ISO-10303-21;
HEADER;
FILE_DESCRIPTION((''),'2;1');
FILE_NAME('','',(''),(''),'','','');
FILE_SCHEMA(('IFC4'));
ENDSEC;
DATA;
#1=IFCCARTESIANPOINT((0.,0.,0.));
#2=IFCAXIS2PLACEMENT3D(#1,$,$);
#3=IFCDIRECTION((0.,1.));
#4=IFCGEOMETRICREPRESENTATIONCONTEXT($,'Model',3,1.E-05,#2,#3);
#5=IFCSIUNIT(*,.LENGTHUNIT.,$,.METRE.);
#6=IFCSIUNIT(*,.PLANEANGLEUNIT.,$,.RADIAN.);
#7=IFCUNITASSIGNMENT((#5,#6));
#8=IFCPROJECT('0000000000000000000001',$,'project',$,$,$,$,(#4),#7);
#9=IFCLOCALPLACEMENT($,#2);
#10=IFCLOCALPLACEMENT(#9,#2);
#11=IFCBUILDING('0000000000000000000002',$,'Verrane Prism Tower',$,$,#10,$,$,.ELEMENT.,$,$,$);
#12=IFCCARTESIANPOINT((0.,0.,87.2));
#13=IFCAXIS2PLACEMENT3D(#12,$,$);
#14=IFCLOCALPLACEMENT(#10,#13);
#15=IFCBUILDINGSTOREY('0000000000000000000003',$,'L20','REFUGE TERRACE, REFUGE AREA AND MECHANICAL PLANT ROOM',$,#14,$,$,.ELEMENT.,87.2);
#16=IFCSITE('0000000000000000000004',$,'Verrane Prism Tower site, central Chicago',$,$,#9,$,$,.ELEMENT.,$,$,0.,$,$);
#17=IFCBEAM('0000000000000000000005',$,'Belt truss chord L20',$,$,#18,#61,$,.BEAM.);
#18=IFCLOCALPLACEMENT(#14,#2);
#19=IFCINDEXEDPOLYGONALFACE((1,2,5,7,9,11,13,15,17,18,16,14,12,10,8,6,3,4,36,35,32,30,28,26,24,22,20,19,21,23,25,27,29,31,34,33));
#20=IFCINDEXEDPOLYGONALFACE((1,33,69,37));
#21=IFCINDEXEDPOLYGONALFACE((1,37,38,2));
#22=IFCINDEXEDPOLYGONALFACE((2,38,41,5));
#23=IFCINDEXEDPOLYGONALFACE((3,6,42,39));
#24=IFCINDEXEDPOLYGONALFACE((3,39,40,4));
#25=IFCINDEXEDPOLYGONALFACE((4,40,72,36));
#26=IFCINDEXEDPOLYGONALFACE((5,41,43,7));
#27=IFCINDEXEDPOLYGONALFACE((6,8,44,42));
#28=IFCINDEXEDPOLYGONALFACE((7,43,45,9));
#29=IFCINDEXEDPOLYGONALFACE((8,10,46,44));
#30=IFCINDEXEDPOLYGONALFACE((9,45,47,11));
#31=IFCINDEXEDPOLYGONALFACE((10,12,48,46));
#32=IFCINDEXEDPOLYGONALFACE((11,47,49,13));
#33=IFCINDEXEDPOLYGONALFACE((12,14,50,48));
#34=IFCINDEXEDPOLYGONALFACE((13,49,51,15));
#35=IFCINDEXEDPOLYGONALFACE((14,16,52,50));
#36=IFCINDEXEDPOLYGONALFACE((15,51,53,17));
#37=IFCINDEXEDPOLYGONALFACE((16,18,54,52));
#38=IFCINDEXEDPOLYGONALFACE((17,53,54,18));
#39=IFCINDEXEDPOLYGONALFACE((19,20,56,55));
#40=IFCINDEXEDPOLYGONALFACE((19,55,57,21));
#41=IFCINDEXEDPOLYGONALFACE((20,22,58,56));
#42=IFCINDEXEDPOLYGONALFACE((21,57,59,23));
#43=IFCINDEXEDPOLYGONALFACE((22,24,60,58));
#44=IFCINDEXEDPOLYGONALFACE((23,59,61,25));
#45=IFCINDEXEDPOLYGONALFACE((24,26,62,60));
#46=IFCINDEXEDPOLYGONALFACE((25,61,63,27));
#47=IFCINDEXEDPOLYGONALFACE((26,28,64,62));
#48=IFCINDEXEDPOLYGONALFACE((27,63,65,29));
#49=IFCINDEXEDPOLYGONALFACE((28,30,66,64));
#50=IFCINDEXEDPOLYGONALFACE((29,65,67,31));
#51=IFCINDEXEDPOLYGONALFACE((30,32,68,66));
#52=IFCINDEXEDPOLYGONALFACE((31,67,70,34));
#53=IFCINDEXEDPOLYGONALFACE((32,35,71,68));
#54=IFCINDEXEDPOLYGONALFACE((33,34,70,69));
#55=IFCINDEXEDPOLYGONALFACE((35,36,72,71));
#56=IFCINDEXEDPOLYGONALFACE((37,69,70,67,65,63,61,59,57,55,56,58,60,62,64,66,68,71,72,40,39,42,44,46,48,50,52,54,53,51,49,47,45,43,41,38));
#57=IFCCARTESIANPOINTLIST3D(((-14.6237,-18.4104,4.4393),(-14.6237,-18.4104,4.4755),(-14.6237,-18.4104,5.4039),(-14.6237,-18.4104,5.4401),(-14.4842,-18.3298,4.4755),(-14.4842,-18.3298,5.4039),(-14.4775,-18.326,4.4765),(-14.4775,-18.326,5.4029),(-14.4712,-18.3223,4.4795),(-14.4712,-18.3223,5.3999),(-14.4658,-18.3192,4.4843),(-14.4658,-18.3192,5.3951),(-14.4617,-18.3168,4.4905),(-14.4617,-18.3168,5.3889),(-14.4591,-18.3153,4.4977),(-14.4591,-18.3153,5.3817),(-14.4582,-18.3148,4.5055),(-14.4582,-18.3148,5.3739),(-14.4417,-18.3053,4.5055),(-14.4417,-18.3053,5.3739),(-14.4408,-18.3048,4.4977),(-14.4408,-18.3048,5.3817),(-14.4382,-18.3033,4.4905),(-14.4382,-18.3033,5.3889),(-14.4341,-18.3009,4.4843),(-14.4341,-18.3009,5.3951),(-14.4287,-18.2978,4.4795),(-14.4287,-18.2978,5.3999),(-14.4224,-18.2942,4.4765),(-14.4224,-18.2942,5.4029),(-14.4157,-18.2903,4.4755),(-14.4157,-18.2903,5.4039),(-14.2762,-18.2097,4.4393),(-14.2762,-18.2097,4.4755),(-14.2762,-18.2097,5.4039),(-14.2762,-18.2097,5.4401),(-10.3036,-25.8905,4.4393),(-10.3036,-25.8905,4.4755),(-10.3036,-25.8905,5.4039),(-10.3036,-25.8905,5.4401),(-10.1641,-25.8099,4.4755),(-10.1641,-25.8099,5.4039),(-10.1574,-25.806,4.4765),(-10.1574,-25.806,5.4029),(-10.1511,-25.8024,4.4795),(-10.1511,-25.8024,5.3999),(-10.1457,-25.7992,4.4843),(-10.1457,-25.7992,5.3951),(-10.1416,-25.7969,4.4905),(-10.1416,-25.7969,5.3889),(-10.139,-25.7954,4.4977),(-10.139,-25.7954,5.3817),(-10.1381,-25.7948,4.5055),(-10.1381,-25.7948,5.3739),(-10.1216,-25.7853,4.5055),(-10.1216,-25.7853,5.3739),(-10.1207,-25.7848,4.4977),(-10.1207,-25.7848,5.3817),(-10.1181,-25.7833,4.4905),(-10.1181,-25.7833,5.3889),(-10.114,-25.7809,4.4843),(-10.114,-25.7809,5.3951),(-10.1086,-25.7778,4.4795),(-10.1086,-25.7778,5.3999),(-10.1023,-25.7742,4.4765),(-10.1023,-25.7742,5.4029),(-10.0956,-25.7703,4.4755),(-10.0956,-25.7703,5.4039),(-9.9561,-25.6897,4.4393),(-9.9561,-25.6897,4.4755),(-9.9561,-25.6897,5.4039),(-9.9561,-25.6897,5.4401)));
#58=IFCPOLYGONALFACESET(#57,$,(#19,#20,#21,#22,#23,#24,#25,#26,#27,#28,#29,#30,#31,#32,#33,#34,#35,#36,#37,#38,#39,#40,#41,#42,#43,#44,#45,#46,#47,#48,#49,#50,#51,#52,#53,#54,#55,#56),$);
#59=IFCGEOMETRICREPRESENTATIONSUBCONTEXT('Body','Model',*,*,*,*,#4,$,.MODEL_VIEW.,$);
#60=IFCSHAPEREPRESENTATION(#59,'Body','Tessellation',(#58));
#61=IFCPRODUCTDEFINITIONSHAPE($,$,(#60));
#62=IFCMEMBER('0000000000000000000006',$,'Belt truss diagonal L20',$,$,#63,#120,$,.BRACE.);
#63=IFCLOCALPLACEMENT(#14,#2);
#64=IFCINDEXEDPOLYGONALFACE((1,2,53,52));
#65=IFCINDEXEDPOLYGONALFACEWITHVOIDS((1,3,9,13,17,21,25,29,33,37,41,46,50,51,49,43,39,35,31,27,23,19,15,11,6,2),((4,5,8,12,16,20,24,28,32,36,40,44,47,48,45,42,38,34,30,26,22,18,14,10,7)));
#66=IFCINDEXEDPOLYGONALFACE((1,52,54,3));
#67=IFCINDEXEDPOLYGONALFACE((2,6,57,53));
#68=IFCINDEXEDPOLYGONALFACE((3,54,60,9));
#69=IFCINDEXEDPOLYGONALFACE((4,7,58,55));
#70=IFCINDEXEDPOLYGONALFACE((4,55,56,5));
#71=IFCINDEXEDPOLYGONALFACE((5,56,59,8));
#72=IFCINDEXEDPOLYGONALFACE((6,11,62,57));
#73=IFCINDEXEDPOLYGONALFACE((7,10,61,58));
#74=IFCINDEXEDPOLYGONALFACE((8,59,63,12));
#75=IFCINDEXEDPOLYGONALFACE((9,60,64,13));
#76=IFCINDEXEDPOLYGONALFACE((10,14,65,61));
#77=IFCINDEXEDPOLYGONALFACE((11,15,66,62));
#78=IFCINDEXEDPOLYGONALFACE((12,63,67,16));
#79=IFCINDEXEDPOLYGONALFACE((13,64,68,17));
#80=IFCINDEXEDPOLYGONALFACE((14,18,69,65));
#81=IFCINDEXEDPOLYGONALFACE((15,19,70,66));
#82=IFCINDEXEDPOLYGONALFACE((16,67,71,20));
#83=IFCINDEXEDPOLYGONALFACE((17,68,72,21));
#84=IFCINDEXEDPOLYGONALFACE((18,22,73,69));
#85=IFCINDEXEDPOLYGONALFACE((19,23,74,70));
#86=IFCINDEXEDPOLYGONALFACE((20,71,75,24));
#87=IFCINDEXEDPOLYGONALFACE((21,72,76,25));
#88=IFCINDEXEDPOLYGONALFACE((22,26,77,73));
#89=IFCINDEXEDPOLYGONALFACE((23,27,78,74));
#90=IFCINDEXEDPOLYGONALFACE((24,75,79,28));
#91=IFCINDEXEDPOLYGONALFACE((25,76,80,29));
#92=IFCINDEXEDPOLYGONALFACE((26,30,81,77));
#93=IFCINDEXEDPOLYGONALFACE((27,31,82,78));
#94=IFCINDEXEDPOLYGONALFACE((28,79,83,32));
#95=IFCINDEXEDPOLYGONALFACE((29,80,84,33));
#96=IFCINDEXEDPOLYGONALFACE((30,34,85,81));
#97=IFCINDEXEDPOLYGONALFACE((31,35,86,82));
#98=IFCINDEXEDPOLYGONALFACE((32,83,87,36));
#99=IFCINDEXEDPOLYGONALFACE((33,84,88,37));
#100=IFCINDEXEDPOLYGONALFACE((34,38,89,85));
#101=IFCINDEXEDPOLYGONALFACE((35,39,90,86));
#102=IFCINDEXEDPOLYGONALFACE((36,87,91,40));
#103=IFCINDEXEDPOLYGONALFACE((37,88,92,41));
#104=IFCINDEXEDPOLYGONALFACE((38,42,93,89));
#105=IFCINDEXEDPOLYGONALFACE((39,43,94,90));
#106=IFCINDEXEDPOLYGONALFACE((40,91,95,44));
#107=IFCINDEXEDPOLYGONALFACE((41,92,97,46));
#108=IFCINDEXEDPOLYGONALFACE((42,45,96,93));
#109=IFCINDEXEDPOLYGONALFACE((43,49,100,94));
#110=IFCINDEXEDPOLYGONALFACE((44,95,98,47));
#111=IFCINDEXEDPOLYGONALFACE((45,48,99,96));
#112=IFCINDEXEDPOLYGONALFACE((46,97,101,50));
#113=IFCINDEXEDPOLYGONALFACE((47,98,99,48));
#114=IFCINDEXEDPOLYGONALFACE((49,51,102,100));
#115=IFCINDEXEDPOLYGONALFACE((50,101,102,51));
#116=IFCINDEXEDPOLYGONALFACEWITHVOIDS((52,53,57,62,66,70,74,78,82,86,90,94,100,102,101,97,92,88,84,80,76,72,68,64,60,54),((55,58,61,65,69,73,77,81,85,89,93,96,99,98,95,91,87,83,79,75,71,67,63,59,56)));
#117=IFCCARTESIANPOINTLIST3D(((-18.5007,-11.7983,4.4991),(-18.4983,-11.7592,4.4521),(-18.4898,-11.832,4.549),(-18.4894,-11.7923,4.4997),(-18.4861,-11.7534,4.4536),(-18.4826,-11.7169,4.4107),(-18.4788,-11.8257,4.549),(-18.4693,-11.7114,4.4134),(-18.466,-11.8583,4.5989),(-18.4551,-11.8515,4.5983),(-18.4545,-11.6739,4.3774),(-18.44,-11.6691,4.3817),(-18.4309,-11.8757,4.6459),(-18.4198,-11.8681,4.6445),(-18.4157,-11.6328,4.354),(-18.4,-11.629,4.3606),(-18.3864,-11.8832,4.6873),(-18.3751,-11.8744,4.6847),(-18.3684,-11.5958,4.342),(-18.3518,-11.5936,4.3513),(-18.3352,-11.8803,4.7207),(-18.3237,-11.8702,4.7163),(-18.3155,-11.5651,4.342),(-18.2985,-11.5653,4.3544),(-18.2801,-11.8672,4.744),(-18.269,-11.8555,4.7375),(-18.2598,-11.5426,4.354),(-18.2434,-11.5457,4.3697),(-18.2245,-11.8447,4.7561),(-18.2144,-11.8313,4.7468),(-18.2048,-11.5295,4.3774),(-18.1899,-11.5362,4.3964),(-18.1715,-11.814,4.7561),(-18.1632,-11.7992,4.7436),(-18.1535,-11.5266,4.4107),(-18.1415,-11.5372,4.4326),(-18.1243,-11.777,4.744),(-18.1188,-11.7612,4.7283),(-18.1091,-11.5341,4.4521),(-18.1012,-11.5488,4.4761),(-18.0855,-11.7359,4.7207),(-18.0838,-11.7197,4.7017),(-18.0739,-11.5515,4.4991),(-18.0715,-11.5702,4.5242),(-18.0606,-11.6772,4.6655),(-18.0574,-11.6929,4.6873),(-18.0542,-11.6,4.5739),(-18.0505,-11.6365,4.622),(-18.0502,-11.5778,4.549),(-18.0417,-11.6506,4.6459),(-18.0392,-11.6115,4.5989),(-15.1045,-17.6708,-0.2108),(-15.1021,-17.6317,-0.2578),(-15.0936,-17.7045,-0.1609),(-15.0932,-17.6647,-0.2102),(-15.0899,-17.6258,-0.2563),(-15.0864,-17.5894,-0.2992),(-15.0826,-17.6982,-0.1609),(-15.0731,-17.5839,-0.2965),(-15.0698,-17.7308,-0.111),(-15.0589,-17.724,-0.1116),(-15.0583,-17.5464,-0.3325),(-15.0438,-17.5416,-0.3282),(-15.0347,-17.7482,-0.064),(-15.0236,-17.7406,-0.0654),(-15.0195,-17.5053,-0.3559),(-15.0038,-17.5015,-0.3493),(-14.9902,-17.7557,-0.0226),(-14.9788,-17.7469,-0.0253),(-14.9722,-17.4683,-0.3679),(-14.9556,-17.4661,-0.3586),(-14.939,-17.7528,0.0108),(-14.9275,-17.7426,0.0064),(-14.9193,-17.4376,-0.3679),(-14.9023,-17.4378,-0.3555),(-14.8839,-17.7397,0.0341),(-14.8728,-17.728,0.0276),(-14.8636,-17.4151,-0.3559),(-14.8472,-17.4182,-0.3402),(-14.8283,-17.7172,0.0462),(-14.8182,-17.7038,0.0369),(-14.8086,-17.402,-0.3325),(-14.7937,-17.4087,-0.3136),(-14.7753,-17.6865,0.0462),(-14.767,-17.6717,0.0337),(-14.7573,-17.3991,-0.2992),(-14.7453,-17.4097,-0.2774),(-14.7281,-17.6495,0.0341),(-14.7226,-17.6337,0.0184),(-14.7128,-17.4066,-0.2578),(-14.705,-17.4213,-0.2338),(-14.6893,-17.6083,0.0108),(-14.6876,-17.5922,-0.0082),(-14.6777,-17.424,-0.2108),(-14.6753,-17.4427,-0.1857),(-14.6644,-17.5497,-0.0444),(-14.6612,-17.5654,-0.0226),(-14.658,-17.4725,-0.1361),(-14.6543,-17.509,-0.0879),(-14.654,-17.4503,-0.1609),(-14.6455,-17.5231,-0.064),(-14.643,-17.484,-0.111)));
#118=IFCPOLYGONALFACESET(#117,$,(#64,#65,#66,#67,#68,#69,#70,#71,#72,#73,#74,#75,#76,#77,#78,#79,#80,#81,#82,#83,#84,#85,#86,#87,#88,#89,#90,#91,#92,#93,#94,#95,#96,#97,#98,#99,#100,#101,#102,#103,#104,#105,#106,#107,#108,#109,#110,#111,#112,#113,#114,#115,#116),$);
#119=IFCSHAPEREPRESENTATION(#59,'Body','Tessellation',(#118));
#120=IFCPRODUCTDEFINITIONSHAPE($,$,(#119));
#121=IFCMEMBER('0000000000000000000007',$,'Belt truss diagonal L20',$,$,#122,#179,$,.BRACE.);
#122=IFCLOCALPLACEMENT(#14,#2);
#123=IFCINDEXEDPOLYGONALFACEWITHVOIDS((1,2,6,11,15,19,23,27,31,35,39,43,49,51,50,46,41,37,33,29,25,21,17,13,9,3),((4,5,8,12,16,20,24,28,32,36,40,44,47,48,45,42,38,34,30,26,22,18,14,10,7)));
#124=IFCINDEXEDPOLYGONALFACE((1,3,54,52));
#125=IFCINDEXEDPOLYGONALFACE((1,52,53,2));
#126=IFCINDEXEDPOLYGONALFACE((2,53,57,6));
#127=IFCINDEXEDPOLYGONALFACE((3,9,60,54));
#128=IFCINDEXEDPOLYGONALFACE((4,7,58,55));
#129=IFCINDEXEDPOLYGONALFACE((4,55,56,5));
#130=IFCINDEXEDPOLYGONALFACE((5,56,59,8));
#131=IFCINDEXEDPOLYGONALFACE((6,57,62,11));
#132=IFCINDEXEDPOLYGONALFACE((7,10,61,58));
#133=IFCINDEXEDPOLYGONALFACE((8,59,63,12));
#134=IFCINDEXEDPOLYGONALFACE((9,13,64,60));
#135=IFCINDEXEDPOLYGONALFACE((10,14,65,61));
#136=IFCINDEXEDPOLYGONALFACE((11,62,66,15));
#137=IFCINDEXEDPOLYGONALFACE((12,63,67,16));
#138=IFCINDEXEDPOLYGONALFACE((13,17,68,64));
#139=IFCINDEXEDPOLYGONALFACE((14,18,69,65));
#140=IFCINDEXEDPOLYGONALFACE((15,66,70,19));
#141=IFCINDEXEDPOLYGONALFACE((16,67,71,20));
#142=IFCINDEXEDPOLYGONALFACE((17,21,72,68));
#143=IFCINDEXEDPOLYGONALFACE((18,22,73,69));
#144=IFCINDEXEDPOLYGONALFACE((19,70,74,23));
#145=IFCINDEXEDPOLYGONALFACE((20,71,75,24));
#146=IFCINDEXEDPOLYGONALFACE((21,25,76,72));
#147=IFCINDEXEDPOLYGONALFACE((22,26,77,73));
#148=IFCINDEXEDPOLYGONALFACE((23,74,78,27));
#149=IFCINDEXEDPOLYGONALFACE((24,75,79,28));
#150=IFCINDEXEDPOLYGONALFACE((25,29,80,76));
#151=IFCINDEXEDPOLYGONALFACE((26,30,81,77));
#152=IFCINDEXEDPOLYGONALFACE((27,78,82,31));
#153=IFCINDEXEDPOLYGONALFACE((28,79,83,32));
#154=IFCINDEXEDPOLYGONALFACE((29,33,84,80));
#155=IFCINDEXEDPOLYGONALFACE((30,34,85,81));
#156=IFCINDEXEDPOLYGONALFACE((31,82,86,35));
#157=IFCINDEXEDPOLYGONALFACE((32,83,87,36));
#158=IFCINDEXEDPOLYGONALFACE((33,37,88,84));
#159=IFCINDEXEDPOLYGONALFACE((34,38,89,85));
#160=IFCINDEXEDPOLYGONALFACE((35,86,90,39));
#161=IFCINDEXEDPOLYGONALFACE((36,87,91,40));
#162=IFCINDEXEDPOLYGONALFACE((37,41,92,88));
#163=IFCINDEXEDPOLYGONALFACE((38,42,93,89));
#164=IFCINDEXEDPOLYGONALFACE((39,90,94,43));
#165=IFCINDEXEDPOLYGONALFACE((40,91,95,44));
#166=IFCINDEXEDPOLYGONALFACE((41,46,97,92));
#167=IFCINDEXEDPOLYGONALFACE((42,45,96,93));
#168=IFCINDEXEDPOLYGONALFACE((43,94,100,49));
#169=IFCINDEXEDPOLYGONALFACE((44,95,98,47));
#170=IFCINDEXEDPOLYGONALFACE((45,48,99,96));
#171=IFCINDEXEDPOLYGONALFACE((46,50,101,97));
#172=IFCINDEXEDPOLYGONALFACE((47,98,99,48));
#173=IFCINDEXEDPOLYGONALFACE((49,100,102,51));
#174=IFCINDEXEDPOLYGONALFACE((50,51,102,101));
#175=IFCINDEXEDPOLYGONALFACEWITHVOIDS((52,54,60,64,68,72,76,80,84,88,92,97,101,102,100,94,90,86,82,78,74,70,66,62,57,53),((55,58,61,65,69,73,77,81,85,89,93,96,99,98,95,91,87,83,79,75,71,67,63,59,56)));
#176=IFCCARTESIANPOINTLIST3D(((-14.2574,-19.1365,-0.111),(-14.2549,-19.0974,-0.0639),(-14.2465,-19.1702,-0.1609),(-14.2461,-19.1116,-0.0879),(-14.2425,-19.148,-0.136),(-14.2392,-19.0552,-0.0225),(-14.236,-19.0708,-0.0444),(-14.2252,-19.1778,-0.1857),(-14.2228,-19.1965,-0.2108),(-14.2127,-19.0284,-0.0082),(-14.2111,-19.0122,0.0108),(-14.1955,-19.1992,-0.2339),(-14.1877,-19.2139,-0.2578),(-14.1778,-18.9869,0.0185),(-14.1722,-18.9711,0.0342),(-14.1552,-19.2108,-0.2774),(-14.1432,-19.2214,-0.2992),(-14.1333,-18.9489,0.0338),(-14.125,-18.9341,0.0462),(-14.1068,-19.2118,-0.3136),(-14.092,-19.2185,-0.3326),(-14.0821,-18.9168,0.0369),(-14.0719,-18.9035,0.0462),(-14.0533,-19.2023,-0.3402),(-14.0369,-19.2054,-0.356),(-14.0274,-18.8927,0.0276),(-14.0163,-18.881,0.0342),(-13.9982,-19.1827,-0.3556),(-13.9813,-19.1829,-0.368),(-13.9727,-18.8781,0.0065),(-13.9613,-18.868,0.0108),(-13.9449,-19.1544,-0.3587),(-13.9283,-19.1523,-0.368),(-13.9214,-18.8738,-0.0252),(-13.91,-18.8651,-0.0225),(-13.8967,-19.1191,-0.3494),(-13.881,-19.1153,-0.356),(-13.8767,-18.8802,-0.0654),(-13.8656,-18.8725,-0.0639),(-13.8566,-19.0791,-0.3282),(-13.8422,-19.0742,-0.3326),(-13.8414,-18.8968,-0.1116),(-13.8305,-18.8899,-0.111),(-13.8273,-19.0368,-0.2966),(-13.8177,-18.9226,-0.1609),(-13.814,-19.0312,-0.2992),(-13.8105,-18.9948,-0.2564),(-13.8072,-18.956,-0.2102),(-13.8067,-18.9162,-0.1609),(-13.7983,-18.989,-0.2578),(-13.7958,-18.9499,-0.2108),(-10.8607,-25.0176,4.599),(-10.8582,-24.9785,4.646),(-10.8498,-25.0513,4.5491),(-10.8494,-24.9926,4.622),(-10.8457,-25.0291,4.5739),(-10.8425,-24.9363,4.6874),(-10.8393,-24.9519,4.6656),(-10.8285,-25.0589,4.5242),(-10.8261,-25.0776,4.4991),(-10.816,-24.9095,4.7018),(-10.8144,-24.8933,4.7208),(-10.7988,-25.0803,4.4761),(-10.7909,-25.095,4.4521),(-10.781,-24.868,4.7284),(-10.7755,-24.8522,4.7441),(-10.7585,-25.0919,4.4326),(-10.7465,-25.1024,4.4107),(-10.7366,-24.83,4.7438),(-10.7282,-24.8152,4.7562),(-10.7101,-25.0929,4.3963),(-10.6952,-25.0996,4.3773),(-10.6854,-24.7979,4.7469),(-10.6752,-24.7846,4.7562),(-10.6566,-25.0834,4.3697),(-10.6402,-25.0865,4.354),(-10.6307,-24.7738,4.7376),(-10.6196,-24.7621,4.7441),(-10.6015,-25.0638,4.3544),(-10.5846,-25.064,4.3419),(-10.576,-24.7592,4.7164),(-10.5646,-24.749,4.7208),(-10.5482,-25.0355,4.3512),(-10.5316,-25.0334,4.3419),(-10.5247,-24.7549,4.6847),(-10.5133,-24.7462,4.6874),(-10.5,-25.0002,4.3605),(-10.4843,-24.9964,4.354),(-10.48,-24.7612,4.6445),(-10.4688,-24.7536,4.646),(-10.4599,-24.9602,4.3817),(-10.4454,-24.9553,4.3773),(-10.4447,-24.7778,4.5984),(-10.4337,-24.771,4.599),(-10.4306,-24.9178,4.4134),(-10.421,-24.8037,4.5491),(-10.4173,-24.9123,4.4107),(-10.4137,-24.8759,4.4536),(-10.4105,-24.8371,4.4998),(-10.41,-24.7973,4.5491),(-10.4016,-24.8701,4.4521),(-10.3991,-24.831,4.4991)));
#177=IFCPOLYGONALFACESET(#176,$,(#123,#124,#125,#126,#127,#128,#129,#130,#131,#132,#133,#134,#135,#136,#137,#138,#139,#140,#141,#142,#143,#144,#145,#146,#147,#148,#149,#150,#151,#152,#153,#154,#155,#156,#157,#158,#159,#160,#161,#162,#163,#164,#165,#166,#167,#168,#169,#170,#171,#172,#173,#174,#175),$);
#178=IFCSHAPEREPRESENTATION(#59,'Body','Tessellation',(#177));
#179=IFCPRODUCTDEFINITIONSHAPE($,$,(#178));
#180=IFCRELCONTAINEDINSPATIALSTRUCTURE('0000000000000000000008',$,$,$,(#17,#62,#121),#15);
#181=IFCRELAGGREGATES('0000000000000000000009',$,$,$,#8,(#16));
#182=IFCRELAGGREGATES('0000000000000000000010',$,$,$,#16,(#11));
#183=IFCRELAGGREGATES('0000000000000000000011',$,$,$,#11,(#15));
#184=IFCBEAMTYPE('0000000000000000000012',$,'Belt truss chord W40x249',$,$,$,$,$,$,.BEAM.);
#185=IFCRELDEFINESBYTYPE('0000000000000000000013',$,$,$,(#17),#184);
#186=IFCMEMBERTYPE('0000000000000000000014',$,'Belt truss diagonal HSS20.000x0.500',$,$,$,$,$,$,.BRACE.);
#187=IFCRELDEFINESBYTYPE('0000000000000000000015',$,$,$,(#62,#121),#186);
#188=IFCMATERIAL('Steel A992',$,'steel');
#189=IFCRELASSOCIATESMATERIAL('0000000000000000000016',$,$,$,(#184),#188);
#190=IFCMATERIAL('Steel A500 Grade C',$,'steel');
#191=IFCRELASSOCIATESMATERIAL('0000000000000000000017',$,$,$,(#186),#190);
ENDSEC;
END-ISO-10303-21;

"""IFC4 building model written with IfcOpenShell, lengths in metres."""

from ifc_helpers import new_model, si_unit, direction, frame, origin, origin_2d, place, context, subcontext, project, spatial, hollow_circle, i_section, extrude, material, material_profile, profile_set, type_object, element, save


model = new_model("IFC4")

# Units and contexts
model_context = context("Model", 3, precision=1e-05, world=origin(), true_north=direction((0.0, 1.0)))
body_context = subcontext(model_context, "Body", "Model", "MODEL_VIEW")
ifc_project = project(units=[si_unit("LENGTHUNIT", "METRE"), si_unit("PLANEANGLEUNIT", "RADIAN")], contexts=[model_context])

# Site, building, storey
site_placement = place(None, origin())
site = spatial("IfcSite", under=ifc_project, at=site_placement, Name="Verrane Prism Tower site, central Chicago", CompositionType="ELEMENT", RefElevation=0.0)
building_placement = place(site_placement, origin())
building = spatial("IfcBuilding", under=site, at=building_placement, Name="Verrane Prism Tower", CompositionType="ELEMENT")
storey_placement = place(building_placement, frame((0.0, 0.0, 87.2)))
storey = spatial("IfcBuildingStorey", under=building, at=storey_placement, Name="L20", Description="REFUGE TERRACE, REFUGE AREA AND MECHANICAL PLANT ROOM", CompositionType="ELEMENT", Elevation=87.2)

# Beam
ifc_material_1 = material(Name="Steel A992", Category="steel")
ifc_material_profile_1 = material_profile(ifc_material_1, i_section(OverallWidth=0.4014, OverallDepth=1.0007, WebThickness=0.019, FlangeThickness=0.0361, FilletRadius=0.03, at=origin_2d()), Name="W40x249")
ifc_profile_set_1 = profile_set([ifc_material_profile_1], Name="Steel A992")
beam_type_1 = type_object("IfcBeamType", Name="Belt truss chord W40x249", PredefinedType="BEAM", material=ifc_profile_set_1)
beam_1_placement = place(storey_placement, frame((-14.45, -18.3101, 4.9397), z_axis=(0.50013, -0.86595, 0.0), x_axis=(0.86595, 0.50013, 0.0)))
element("IfcBeam", 1, at=beam_1_placement, inside=storey, type_object=beam_type_1, Name="Belt truss chord L20", PredefinedType="BEAM", context=body_context, shape_type="SweptSolid", body=[
    extrude(i_section(OverallWidth=0.4014, OverallDepth=1.0007, WebThickness=0.019, FlangeThickness=0.0361, FilletRadius=0.03, at=origin_2d()), origin(), (0.0, 0.0, 1.0), 8.6379),
])

# Members
ifc_material_2 = material(Name="Steel A500 Grade C", Category="steel")
ifc_material_profile_2 = material_profile(ifc_material_2, hollow_circle(Radius=0.2539, WallThickness=0.0127, at=origin_2d()), Name="HSS20.000x0.500")
ifc_profile_set_2 = profile_set([ifc_material_profile_2], Name="Steel A500 Grade C")
member_type_1 = type_object("IfcMemberType", Name="Belt truss diagonal HSS20.000x0.500", PredefinedType="BRACE", material=ifc_profile_set_2)
member_1_placement = place(storey_placement, frame((-14.8738, -17.5774, -0.1609), z_axis=(-0.411235, 0.711081, 0.570307), x_axis=(-0.86566, -0.500632, 0.0)))
element("IfcMember", 2, at=member_1_placement, inside=storey, type_object=member_type_1, Name="Belt truss diagonal L20", PredefinedType="BRACE", context=body_context, shape_type="SweptSolid", body=[
    extrude(hollow_circle(Radius=0.2539, WallThickness=0.0127, at=origin_2d()), origin(), (0.0, 0.0, 1.0), 8.2585),
])
member_2_placement = place(storey_placement, frame((-14.0266, -19.0432, -0.1609), z_axis=(0.410981, -0.711574, 0.569874), x_axis=(0.865944, 0.50014, 0.0)))
element("IfcMember", 3, at=member_2_placement, inside=storey, type_object=member_type_1, Name="Belt truss diagonal L20", PredefinedType="BRACE", context=body_context, shape_type="SweptSolid", body=[
    extrude(hollow_circle(Radius=0.2539, WallThickness=0.0127, at=origin_2d()), origin(), (0.0, 0.0, 1.0), 8.2649),
])

save(model, "model.ifc")
